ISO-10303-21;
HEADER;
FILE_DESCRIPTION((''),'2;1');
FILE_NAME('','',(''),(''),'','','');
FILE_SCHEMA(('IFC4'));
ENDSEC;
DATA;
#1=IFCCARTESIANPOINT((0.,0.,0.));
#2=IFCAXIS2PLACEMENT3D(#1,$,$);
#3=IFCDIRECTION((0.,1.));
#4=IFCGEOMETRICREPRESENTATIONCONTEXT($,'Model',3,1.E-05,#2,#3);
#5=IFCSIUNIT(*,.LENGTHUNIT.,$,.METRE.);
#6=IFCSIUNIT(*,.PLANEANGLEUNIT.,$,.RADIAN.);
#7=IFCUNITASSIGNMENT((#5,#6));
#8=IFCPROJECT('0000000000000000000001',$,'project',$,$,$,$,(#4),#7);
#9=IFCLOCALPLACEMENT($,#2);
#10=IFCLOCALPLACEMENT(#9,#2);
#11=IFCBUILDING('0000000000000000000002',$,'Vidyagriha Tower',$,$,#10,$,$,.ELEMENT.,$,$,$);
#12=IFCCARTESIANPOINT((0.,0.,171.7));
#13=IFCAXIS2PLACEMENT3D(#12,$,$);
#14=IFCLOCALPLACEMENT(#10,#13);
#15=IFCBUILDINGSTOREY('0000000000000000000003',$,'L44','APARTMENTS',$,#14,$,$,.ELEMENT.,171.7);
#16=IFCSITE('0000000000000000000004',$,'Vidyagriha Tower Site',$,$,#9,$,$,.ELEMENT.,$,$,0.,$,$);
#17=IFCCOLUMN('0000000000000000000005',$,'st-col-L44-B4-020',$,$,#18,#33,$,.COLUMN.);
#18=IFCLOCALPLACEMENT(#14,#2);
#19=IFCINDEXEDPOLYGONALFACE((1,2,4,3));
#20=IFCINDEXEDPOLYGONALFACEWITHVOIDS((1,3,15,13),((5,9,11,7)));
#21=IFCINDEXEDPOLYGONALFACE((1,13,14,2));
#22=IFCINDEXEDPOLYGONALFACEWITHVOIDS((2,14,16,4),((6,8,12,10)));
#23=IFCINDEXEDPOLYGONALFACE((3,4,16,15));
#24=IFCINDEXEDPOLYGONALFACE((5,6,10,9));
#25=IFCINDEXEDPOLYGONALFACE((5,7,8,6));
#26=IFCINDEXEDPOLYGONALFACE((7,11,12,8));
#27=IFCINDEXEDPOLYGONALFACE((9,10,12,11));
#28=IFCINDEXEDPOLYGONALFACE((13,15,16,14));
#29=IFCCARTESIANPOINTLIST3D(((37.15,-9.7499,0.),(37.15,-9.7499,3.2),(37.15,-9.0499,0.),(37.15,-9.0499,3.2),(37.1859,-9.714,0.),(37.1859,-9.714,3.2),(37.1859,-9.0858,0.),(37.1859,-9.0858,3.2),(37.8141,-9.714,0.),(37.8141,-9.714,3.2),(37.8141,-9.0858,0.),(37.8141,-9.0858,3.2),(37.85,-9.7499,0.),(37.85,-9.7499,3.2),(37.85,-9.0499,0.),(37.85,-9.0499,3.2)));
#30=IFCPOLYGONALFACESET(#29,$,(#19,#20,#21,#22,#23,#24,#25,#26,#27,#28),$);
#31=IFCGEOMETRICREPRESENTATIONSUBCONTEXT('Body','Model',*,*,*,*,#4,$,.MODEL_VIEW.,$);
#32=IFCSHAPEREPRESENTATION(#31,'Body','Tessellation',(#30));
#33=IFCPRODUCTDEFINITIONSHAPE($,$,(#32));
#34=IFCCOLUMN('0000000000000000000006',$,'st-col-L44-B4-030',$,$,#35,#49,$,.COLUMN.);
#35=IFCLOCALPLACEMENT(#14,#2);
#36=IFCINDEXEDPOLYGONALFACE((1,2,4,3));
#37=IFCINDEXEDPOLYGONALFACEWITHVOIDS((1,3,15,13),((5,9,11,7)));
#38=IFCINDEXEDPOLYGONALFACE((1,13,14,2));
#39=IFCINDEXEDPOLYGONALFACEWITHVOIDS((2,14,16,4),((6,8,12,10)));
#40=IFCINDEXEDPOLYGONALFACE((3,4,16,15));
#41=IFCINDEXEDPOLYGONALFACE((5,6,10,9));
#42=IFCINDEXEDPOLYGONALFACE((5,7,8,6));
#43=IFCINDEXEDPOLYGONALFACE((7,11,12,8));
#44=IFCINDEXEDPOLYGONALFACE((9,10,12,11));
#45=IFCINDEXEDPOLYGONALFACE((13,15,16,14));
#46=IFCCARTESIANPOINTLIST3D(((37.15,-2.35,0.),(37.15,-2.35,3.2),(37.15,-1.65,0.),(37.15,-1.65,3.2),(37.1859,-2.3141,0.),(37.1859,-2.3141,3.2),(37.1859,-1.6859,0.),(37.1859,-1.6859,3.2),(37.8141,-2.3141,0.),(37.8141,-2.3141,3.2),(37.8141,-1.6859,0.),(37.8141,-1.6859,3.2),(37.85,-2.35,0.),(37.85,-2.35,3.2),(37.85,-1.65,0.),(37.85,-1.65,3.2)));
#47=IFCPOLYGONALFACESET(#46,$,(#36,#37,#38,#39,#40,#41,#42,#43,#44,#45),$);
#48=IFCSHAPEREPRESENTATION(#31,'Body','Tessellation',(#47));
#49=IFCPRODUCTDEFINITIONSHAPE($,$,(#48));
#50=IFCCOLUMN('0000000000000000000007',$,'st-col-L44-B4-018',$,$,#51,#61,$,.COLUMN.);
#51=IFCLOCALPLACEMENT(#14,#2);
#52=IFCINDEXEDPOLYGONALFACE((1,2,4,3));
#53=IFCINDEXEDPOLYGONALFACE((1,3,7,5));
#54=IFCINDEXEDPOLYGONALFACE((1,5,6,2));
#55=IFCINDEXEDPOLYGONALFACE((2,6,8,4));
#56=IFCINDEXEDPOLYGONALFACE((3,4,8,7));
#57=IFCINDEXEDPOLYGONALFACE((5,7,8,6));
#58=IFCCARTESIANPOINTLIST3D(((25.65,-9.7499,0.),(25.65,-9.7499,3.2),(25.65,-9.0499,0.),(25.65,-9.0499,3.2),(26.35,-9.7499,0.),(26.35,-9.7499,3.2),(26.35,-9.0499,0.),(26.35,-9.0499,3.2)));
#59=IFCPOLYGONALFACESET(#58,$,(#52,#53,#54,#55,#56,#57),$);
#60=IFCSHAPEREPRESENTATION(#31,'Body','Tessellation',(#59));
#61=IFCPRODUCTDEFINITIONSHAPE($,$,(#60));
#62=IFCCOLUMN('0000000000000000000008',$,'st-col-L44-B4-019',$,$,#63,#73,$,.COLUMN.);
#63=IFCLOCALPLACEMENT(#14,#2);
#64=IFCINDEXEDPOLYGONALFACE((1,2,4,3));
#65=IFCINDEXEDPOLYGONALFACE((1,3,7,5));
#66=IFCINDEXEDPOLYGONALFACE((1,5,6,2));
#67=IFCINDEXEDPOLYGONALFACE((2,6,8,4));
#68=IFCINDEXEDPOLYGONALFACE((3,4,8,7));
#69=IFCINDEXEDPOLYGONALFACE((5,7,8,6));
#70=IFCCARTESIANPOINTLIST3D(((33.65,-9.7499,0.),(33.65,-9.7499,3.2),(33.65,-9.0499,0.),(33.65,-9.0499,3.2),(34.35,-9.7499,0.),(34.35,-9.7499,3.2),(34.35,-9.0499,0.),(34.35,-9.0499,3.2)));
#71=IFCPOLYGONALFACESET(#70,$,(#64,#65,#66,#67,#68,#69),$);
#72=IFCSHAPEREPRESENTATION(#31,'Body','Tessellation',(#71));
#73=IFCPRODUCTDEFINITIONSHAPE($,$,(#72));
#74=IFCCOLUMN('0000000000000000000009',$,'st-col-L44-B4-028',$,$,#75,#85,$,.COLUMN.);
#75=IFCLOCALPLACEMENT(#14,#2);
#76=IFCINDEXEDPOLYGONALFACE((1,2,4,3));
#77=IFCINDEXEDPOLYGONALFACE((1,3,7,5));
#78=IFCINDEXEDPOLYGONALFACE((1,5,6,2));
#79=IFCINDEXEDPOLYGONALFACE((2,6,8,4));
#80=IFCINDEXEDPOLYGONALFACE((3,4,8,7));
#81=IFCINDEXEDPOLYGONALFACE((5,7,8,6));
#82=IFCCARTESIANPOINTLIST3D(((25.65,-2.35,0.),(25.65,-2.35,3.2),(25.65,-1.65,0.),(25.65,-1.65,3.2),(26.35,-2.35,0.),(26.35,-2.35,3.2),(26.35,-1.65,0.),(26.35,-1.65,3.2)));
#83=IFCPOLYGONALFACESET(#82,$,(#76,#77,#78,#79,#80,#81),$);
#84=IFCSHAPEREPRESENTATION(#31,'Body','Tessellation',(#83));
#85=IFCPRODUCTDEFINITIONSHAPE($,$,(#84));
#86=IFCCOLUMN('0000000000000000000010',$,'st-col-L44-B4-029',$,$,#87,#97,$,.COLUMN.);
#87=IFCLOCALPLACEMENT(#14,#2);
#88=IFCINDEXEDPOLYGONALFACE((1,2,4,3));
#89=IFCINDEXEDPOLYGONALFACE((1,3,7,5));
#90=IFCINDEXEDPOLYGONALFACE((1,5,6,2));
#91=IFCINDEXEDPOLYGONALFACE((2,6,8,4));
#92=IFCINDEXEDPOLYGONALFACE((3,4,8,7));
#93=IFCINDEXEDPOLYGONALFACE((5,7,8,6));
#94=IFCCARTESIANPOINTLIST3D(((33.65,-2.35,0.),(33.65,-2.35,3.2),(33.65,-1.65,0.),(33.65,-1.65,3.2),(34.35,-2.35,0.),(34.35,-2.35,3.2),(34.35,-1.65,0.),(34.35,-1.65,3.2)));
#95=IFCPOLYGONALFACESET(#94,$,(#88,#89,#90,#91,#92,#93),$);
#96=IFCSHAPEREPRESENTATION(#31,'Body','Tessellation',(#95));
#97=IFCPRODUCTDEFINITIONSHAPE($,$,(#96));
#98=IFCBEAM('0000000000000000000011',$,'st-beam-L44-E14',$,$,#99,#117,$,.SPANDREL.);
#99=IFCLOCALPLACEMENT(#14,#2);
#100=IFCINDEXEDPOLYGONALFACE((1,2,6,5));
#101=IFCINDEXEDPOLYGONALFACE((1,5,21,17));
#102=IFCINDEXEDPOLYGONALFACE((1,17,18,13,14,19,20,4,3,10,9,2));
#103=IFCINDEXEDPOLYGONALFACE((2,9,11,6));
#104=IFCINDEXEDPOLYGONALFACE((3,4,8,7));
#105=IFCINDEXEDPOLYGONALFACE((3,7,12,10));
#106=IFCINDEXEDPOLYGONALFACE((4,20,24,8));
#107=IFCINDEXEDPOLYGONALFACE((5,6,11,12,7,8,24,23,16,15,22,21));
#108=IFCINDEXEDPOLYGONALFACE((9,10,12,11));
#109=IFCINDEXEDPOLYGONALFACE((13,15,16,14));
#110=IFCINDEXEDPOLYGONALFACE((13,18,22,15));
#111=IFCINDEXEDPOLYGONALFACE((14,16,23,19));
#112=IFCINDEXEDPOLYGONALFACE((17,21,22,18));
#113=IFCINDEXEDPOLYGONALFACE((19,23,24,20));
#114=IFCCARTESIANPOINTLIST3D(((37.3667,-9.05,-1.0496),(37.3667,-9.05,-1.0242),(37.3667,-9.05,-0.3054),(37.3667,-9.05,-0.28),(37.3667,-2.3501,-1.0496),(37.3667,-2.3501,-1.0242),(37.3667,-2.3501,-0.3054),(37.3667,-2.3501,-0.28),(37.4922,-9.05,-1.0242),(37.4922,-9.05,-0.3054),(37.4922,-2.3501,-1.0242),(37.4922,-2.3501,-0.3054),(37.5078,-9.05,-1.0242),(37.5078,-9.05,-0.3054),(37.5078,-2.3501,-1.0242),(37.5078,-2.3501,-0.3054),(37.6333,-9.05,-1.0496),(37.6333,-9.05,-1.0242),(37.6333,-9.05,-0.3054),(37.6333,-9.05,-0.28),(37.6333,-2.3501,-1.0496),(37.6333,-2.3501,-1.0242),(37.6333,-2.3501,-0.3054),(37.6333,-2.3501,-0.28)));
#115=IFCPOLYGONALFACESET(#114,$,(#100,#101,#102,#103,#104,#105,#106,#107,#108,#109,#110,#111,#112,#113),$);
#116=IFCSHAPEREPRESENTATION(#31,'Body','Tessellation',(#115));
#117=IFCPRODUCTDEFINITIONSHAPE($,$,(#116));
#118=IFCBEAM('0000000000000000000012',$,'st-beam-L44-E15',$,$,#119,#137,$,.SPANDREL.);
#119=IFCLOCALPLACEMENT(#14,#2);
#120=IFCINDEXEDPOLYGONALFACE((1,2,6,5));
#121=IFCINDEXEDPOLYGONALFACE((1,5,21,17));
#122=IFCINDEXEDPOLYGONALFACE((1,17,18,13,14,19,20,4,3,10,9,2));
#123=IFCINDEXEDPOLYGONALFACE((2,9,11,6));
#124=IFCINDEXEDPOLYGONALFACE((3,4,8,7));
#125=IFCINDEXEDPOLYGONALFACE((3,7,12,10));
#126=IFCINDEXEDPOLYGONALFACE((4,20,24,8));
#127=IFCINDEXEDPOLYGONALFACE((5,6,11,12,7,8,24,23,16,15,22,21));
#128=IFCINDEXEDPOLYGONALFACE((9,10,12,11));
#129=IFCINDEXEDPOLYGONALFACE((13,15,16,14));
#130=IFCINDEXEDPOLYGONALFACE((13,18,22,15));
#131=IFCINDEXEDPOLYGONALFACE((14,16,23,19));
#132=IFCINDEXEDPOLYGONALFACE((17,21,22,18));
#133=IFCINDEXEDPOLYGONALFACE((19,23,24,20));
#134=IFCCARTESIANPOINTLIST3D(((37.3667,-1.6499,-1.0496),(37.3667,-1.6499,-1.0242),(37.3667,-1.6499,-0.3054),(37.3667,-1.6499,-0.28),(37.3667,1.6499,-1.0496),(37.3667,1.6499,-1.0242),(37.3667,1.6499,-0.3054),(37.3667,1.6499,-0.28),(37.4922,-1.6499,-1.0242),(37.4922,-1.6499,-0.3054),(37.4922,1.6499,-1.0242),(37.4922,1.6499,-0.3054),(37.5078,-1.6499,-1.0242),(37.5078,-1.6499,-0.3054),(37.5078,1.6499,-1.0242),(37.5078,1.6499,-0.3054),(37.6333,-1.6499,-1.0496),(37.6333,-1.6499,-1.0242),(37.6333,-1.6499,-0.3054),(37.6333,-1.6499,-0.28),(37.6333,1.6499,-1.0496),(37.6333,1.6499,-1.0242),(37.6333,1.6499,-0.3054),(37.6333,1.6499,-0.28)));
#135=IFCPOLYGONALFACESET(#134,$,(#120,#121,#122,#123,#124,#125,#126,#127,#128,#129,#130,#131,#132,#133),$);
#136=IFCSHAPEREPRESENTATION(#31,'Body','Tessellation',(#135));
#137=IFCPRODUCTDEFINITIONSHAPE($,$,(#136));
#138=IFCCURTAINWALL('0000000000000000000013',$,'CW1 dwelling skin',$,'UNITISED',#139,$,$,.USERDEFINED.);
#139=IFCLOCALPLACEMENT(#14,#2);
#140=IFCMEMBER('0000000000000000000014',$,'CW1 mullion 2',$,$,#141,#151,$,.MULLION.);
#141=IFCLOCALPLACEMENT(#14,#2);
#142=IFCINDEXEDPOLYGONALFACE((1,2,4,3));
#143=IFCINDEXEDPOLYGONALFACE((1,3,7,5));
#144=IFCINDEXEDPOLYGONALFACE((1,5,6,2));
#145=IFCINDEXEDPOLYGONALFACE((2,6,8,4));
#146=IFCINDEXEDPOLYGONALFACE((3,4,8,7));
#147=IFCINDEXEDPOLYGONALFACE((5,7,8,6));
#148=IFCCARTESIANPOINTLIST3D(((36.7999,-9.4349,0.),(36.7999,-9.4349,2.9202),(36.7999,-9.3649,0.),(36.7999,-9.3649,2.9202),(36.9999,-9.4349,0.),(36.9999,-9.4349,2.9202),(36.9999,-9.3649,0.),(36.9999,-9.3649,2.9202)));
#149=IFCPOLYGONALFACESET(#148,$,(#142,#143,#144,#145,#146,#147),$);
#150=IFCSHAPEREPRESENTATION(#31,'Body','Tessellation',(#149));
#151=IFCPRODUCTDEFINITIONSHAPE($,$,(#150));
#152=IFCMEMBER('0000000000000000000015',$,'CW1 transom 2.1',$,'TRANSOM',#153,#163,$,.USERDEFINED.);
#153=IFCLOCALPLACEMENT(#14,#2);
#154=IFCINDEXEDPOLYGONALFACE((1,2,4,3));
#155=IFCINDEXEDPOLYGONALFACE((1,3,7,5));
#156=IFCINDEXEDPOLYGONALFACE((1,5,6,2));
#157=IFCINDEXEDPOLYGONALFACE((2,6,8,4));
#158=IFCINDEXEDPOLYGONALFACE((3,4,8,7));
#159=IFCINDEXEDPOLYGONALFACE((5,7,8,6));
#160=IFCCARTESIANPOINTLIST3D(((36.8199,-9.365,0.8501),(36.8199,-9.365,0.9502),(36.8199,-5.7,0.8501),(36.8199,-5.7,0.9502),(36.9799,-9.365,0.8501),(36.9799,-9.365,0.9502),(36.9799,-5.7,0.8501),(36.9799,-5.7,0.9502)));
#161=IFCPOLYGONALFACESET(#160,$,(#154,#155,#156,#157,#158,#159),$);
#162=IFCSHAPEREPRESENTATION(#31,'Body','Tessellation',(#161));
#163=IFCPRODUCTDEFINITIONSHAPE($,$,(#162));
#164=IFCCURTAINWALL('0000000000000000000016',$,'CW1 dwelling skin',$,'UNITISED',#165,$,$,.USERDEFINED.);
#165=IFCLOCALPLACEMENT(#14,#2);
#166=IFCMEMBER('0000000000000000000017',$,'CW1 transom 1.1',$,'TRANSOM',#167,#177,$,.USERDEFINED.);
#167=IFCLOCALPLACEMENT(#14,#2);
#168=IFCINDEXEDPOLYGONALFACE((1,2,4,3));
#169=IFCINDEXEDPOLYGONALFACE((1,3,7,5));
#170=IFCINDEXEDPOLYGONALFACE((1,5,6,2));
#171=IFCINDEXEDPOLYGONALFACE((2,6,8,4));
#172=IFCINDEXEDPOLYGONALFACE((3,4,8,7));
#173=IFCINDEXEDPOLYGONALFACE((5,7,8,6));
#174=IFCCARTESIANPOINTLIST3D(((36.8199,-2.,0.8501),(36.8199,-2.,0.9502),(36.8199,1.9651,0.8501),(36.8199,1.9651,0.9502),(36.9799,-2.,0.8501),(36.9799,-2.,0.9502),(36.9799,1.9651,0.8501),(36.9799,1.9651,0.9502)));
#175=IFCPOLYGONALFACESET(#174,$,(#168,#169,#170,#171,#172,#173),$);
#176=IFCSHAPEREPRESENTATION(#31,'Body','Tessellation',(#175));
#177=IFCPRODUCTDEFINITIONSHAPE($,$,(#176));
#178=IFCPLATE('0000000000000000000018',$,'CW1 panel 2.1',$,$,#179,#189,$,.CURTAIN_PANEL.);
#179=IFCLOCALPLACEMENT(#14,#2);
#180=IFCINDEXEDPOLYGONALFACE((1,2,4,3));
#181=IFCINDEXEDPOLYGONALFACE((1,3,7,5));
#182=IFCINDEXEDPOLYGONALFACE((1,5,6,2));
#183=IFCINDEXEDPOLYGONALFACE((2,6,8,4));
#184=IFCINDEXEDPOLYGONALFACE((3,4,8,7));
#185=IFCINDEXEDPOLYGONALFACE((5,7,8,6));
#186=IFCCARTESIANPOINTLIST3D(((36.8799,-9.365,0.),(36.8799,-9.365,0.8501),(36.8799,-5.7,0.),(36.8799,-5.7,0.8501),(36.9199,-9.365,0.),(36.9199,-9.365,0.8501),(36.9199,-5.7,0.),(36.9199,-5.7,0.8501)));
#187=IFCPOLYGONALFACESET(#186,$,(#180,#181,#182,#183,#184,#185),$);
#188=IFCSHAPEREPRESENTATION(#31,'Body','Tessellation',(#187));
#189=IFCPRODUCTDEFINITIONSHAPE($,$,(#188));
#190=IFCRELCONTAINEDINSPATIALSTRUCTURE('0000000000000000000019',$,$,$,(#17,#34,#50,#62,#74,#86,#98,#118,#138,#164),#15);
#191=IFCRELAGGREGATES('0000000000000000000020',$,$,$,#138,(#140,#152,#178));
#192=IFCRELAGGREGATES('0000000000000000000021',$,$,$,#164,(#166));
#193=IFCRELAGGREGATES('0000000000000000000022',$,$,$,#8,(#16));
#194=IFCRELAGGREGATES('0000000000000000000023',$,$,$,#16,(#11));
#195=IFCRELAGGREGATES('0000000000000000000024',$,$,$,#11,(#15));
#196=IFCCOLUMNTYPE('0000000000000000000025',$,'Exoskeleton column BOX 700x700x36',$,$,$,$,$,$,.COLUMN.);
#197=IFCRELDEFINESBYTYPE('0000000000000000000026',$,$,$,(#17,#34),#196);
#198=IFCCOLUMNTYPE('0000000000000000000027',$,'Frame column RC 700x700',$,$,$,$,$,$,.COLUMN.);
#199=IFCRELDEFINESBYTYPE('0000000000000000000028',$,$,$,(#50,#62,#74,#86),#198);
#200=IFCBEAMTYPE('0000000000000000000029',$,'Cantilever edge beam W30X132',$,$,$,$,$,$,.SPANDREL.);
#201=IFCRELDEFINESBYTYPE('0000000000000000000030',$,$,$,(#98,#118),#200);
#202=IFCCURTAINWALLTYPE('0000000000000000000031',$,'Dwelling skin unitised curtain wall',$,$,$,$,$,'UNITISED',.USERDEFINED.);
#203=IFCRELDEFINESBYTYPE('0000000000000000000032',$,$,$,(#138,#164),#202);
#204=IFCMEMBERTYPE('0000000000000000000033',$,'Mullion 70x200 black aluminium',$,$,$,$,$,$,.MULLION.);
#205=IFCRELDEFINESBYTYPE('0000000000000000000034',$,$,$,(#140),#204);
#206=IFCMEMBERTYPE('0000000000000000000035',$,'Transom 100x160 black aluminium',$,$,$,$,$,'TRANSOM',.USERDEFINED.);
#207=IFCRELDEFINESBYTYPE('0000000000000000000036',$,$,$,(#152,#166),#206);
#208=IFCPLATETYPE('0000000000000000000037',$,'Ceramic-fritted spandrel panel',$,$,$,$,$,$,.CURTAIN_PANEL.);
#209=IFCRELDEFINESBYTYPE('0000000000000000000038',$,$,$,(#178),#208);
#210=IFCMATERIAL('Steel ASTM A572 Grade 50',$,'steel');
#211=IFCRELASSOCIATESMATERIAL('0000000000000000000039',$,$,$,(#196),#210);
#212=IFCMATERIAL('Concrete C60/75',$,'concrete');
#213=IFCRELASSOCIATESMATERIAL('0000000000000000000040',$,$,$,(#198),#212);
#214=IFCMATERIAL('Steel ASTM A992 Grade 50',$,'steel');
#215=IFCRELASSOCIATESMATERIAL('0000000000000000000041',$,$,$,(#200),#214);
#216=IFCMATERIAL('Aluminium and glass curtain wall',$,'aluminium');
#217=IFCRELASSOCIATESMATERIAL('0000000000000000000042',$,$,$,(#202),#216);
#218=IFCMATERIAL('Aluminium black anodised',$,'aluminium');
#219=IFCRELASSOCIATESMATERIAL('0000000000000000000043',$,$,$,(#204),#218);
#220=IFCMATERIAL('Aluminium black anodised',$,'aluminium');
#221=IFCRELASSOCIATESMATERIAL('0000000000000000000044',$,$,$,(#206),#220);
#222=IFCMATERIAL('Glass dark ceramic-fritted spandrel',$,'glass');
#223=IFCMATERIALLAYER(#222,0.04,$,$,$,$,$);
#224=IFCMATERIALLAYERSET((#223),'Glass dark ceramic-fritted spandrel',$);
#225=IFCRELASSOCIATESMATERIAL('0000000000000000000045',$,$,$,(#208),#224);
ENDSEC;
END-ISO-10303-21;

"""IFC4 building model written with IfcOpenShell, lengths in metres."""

from ifc_helpers import new_model, si_unit, direction, frame, origin, origin_2d, place, context, subcontext, project, spatial, rectangle, hollow_rectangle, i_section, extrude, material, layer, layer_set, material_profile, profile_set, type_object, element, aggregate, save


model = new_model("IFC4")

# Units and contexts
model_context = context("Model", 3, precision=1e-05, world=origin(), true_north=direction((0.0, 1.0)))
body_context = subcontext(model_context, "Body", "Model", "MODEL_VIEW")
ifc_project = project(units=[si_unit("LENGTHUNIT", "METRE"), si_unit("PLANEANGLEUNIT", "RADIAN")], contexts=[model_context])

# Site, building, storey
site_placement = place(None, origin())
site = spatial("IfcSite", under=ifc_project, at=site_placement, Name="Vidyagriha Tower Site", CompositionType="ELEMENT", RefElevation=0.0)
building_placement = place(site_placement, origin())
building = spatial("IfcBuilding", under=site, at=building_placement, Name="Vidyagriha Tower", CompositionType="ELEMENT")
storey_placement = place(building_placement, frame((0.0, 0.0, 171.7)))
storey = spatial("IfcBuildingStorey", under=building, at=storey_placement, Name="L44", Description="APARTMENTS", CompositionType="ELEMENT", Elevation=171.7)

# Columns
ifc_material_1 = material(Name="Steel ASTM A572 Grade 50", Category="steel")
ifc_material_profile_1 = material_profile(ifc_material_1, hollow_rectangle(XDim=0.7, YDim=0.7, WallThickness=0.0359, at=origin_2d()), Name="BOX 700x700x36")
ifc_profile_set_1 = profile_set([ifc_material_profile_1], Name="Steel ASTM A572 Grade 50")
column_type_1 = type_object("IfcColumnType", Name="Exoskeleton column BOX 700x700x36", PredefinedType="COLUMN", material=ifc_profile_set_1)
for number, where, name in (
    (1, (37.5, -9.3999, 0.0), "st-col-L44-B4-020"),
    (2, (37.5, -2.0, 0.0), "st-col-L44-B4-030"),
):
    element("IfcColumn", number, at=place(storey_placement, frame(where)), inside=storey, type_object=column_type_1, Name=name, PredefinedType="COLUMN", context=body_context, shape_type="SweptSolid", body=[
        extrude(hollow_rectangle(XDim=0.7, YDim=0.7, WallThickness=0.0359, at=origin_2d()), origin(), (0.0, 0.0, 1.0), 3.2),
    ])
ifc_material_2 = material(Name="Concrete C60/75", Category="concrete")
ifc_material_profile_2 = material_profile(ifc_material_2, rectangle(XDim=0.7, YDim=0.7, at=origin_2d()), Name="RC 700x700")
ifc_profile_set_2 = profile_set([ifc_material_profile_2], Name="Concrete C60/75")
column_type_2 = type_object("IfcColumnType", Name="Frame column RC 700x700", PredefinedType="COLUMN", material=ifc_profile_set_2)
for number, where, name in (
    (3, (26.0, -9.3999, 0.0), "st-col-L44-B4-018"),
    (4, (34.0, -9.3999, 0.0), "st-col-L44-B4-019"),
    (5, (26.0, -2.0, 0.0), "st-col-L44-B4-028"),
    (6, (34.0, -2.0, 0.0), "st-col-L44-B4-029"),
):
    element("IfcColumn", number, at=place(storey_placement, frame(where)), inside=storey, type_object=column_type_2, Name=name, PredefinedType="COLUMN", context=body_context, shape_type="SweptSolid", body=[
        extrude(rectangle(XDim=0.7, YDim=0.7, at=origin_2d()), origin(), (0.0, 0.0, 1.0), 3.2),
    ])

# Beams
ifc_material_3 = material(Name="Steel ASTM A992 Grade 50", Category="steel")
ifc_material_profile_3 = material_profile(ifc_material_3, i_section(OverallWidth=0.2666, OverallDepth=0.7695, WebThickness=0.0156, FlangeThickness=0.0254, at=origin_2d()), Name="W30X132")
ifc_profile_set_3 = profile_set([ifc_material_profile_3], Name="Steel ASTM A992 Grade 50")
beam_type = type_object("IfcBeamType", Name="Cantilever edge beam W30X132", PredefinedType="SPANDREL", material=ifc_profile_set_3)
beam_1_placement = place(storey_placement, frame((37.5, -9.05, -0.6648), z_axis=(0.0, 1.0, 0.0), x_axis=(-1.0, 0.0, 0.0)))
element("IfcBeam", 7, at=beam_1_placement, inside=storey, type_object=beam_type, Name="st-beam-L44-E14", PredefinedType="SPANDREL", context=body_context, shape_type="SweptSolid", body=[
    extrude(i_section(OverallWidth=0.2666, OverallDepth=0.7695, WebThickness=0.0156, FlangeThickness=0.0254, at=origin_2d()), origin(), (0.0, 0.0, 1.0), 6.7),
])
beam_2_placement = place(storey_placement, frame((37.5, -1.6499, -0.6648), z_axis=(0.0, 1.0, 0.0), x_axis=(-1.0, 0.0, 0.0)))
element("IfcBeam", 8, at=beam_2_placement, inside=storey, type_object=beam_type, Name="st-beam-L44-E15", PredefinedType="SPANDREL", context=body_context, shape_type="SweptSolid", body=[
    extrude(i_section(OverallWidth=0.2666, OverallDepth=0.7695, WebThickness=0.0156, FlangeThickness=0.0254, at=origin_2d()), origin(), (0.0, 0.0, 1.0), 3.2998),
])

# Curtain wall, members
ifc_material_4 = material(Name="Aluminium and glass curtain wall", Category="aluminium")
curtain_wall_type = type_object("IfcCurtainWallType", Name="Dwelling skin unitised curtain wall", ElementType="UNITISED", PredefinedType="USERDEFINED", material=ifc_material_4)
curtain_wall_1_placement = place(storey_placement, origin())
curtain_wall_1 = element("IfcCurtainWall", 9, at=curtain_wall_1_placement, inside=storey, type_object=curtain_wall_type, Name="CW1 dwelling skin", ObjectType="UNITISED", PredefinedType="USERDEFINED")
ifc_material_5 = material(Name="Aluminium black anodised", Category="aluminium")
ifc_material_profile_4 = material_profile(ifc_material_5, rectangle(XDim=0.2, YDim=0.0701, at=origin_2d()), Name="Mullion 70x200 black aluminium")
ifc_profile_set_4 = profile_set([ifc_material_profile_4], Name="Aluminium black anodised")
member_type_1 = type_object("IfcMemberType", Name="Mullion 70x200 black aluminium", PredefinedType="MULLION", material=ifc_profile_set_4)
member_1_placement = place(storey_placement, frame((36.8999, -9.3999, 0.0), z_axis=(0.0, 0.0, 1.0), x_axis=(-1.0, 0.0, 0.0)))
member_1 = element("IfcMember", 10, at=member_1_placement, type_object=member_type_1, Name="CW1 mullion 2", PredefinedType="MULLION", context=body_context, shape_type="SweptSolid", body=[
    extrude(rectangle(XDim=0.2, YDim=0.0701, at=origin_2d()), origin(), (0.0, 0.0, 1.0), 2.9202),
])
ifc_material_6 = material(Name="Aluminium black anodised", Category="aluminium")
ifc_material_profile_5 = material_profile(ifc_material_6, rectangle(XDim=0.1599, YDim=0.1001, at=origin_2d()), Name="Transom 100x160 black aluminium")
ifc_profile_set_5 = profile_set([ifc_material_profile_5], Name="Aluminium black anodised")
member_type_2 = type_object("IfcMemberType", Name="Transom 100x160 black aluminium", ElementType="TRANSOM", PredefinedType="USERDEFINED", material=ifc_profile_set_5)
member_2_placement = place(storey_placement, frame((36.8999, -9.365, 0.9001), z_axis=(0.0, 1.0, 0.0), x_axis=(-1.0, 0.0, 0.0)))
member_2 = element("IfcMember", 11, at=member_2_placement, type_object=member_type_2, Name="CW1 transom 2.1", ObjectType="TRANSOM", PredefinedType="USERDEFINED", context=body_context, shape_type="SweptSolid", body=[
    extrude(rectangle(XDim=0.1599, YDim=0.1001, at=origin_2d()), origin(), (0.0, 0.0, 1.0), 3.665),
])

# Curtain wall, member
curtain_wall_2_placement = place(storey_placement, origin())
curtain_wall_2 = element("IfcCurtainWall", 12, at=curtain_wall_2_placement, inside=storey, type_object=curtain_wall_type, Name="CW1 dwelling skin", ObjectType="UNITISED", PredefinedType="USERDEFINED")
member_3_placement = place(storey_placement, frame((36.8999, -2.0, 0.9001), z_axis=(0.0, 1.0, 0.0), x_axis=(-1.0, 0.0, 0.0)))
member_3 = element("IfcMember", 13, at=member_3_placement, type_object=member_type_2, Name="CW1 transom 1.1", ObjectType="TRANSOM", PredefinedType="USERDEFINED", context=body_context, shape_type="SweptSolid", body=[
    extrude(rectangle(XDim=0.1599, YDim=0.1001, at=origin_2d()), origin(), (0.0, 0.0, 1.0), 3.9651),
])

# Plate
ifc_material_7 = material(Name="Glass dark ceramic-fritted spandrel", Category="glass")
ifc_layer_1 = layer(ifc_material_7, 0.04)
ifc_layer_set_1 = layer_set([ifc_layer_1], Name="Glass dark ceramic-fritted spandrel")
plate_type_1 = type_object("IfcPlateType", Name="Ceramic-fritted spandrel panel", PredefinedType="CURTAIN_PANEL", material=ifc_layer_set_1)
plate_1_placement = place(storey_placement, frame((36.8999, -7.5325, 0.0), z_axis=(0.0, 0.0, 1.0), x_axis=(0.0, 1.0, 0.0)))
plate_1 = element("IfcPlate", 14, at=plate_1_placement, type_object=plate_type_1, Name="CW1 panel 2.1", PredefinedType="CURTAIN_PANEL", context=body_context, shape_type="SweptSolid", body=[
    extrude(rectangle(XDim=3.665, YDim=0.04, at=origin_2d()), origin(), (0.0, 0.0, 1.0), 0.8501),
])
aggregate(curtain_wall_1, [member_1, member_2, plate_1])
aggregate(curtain_wall_2, [member_3])

save(model, "model.ifc")
